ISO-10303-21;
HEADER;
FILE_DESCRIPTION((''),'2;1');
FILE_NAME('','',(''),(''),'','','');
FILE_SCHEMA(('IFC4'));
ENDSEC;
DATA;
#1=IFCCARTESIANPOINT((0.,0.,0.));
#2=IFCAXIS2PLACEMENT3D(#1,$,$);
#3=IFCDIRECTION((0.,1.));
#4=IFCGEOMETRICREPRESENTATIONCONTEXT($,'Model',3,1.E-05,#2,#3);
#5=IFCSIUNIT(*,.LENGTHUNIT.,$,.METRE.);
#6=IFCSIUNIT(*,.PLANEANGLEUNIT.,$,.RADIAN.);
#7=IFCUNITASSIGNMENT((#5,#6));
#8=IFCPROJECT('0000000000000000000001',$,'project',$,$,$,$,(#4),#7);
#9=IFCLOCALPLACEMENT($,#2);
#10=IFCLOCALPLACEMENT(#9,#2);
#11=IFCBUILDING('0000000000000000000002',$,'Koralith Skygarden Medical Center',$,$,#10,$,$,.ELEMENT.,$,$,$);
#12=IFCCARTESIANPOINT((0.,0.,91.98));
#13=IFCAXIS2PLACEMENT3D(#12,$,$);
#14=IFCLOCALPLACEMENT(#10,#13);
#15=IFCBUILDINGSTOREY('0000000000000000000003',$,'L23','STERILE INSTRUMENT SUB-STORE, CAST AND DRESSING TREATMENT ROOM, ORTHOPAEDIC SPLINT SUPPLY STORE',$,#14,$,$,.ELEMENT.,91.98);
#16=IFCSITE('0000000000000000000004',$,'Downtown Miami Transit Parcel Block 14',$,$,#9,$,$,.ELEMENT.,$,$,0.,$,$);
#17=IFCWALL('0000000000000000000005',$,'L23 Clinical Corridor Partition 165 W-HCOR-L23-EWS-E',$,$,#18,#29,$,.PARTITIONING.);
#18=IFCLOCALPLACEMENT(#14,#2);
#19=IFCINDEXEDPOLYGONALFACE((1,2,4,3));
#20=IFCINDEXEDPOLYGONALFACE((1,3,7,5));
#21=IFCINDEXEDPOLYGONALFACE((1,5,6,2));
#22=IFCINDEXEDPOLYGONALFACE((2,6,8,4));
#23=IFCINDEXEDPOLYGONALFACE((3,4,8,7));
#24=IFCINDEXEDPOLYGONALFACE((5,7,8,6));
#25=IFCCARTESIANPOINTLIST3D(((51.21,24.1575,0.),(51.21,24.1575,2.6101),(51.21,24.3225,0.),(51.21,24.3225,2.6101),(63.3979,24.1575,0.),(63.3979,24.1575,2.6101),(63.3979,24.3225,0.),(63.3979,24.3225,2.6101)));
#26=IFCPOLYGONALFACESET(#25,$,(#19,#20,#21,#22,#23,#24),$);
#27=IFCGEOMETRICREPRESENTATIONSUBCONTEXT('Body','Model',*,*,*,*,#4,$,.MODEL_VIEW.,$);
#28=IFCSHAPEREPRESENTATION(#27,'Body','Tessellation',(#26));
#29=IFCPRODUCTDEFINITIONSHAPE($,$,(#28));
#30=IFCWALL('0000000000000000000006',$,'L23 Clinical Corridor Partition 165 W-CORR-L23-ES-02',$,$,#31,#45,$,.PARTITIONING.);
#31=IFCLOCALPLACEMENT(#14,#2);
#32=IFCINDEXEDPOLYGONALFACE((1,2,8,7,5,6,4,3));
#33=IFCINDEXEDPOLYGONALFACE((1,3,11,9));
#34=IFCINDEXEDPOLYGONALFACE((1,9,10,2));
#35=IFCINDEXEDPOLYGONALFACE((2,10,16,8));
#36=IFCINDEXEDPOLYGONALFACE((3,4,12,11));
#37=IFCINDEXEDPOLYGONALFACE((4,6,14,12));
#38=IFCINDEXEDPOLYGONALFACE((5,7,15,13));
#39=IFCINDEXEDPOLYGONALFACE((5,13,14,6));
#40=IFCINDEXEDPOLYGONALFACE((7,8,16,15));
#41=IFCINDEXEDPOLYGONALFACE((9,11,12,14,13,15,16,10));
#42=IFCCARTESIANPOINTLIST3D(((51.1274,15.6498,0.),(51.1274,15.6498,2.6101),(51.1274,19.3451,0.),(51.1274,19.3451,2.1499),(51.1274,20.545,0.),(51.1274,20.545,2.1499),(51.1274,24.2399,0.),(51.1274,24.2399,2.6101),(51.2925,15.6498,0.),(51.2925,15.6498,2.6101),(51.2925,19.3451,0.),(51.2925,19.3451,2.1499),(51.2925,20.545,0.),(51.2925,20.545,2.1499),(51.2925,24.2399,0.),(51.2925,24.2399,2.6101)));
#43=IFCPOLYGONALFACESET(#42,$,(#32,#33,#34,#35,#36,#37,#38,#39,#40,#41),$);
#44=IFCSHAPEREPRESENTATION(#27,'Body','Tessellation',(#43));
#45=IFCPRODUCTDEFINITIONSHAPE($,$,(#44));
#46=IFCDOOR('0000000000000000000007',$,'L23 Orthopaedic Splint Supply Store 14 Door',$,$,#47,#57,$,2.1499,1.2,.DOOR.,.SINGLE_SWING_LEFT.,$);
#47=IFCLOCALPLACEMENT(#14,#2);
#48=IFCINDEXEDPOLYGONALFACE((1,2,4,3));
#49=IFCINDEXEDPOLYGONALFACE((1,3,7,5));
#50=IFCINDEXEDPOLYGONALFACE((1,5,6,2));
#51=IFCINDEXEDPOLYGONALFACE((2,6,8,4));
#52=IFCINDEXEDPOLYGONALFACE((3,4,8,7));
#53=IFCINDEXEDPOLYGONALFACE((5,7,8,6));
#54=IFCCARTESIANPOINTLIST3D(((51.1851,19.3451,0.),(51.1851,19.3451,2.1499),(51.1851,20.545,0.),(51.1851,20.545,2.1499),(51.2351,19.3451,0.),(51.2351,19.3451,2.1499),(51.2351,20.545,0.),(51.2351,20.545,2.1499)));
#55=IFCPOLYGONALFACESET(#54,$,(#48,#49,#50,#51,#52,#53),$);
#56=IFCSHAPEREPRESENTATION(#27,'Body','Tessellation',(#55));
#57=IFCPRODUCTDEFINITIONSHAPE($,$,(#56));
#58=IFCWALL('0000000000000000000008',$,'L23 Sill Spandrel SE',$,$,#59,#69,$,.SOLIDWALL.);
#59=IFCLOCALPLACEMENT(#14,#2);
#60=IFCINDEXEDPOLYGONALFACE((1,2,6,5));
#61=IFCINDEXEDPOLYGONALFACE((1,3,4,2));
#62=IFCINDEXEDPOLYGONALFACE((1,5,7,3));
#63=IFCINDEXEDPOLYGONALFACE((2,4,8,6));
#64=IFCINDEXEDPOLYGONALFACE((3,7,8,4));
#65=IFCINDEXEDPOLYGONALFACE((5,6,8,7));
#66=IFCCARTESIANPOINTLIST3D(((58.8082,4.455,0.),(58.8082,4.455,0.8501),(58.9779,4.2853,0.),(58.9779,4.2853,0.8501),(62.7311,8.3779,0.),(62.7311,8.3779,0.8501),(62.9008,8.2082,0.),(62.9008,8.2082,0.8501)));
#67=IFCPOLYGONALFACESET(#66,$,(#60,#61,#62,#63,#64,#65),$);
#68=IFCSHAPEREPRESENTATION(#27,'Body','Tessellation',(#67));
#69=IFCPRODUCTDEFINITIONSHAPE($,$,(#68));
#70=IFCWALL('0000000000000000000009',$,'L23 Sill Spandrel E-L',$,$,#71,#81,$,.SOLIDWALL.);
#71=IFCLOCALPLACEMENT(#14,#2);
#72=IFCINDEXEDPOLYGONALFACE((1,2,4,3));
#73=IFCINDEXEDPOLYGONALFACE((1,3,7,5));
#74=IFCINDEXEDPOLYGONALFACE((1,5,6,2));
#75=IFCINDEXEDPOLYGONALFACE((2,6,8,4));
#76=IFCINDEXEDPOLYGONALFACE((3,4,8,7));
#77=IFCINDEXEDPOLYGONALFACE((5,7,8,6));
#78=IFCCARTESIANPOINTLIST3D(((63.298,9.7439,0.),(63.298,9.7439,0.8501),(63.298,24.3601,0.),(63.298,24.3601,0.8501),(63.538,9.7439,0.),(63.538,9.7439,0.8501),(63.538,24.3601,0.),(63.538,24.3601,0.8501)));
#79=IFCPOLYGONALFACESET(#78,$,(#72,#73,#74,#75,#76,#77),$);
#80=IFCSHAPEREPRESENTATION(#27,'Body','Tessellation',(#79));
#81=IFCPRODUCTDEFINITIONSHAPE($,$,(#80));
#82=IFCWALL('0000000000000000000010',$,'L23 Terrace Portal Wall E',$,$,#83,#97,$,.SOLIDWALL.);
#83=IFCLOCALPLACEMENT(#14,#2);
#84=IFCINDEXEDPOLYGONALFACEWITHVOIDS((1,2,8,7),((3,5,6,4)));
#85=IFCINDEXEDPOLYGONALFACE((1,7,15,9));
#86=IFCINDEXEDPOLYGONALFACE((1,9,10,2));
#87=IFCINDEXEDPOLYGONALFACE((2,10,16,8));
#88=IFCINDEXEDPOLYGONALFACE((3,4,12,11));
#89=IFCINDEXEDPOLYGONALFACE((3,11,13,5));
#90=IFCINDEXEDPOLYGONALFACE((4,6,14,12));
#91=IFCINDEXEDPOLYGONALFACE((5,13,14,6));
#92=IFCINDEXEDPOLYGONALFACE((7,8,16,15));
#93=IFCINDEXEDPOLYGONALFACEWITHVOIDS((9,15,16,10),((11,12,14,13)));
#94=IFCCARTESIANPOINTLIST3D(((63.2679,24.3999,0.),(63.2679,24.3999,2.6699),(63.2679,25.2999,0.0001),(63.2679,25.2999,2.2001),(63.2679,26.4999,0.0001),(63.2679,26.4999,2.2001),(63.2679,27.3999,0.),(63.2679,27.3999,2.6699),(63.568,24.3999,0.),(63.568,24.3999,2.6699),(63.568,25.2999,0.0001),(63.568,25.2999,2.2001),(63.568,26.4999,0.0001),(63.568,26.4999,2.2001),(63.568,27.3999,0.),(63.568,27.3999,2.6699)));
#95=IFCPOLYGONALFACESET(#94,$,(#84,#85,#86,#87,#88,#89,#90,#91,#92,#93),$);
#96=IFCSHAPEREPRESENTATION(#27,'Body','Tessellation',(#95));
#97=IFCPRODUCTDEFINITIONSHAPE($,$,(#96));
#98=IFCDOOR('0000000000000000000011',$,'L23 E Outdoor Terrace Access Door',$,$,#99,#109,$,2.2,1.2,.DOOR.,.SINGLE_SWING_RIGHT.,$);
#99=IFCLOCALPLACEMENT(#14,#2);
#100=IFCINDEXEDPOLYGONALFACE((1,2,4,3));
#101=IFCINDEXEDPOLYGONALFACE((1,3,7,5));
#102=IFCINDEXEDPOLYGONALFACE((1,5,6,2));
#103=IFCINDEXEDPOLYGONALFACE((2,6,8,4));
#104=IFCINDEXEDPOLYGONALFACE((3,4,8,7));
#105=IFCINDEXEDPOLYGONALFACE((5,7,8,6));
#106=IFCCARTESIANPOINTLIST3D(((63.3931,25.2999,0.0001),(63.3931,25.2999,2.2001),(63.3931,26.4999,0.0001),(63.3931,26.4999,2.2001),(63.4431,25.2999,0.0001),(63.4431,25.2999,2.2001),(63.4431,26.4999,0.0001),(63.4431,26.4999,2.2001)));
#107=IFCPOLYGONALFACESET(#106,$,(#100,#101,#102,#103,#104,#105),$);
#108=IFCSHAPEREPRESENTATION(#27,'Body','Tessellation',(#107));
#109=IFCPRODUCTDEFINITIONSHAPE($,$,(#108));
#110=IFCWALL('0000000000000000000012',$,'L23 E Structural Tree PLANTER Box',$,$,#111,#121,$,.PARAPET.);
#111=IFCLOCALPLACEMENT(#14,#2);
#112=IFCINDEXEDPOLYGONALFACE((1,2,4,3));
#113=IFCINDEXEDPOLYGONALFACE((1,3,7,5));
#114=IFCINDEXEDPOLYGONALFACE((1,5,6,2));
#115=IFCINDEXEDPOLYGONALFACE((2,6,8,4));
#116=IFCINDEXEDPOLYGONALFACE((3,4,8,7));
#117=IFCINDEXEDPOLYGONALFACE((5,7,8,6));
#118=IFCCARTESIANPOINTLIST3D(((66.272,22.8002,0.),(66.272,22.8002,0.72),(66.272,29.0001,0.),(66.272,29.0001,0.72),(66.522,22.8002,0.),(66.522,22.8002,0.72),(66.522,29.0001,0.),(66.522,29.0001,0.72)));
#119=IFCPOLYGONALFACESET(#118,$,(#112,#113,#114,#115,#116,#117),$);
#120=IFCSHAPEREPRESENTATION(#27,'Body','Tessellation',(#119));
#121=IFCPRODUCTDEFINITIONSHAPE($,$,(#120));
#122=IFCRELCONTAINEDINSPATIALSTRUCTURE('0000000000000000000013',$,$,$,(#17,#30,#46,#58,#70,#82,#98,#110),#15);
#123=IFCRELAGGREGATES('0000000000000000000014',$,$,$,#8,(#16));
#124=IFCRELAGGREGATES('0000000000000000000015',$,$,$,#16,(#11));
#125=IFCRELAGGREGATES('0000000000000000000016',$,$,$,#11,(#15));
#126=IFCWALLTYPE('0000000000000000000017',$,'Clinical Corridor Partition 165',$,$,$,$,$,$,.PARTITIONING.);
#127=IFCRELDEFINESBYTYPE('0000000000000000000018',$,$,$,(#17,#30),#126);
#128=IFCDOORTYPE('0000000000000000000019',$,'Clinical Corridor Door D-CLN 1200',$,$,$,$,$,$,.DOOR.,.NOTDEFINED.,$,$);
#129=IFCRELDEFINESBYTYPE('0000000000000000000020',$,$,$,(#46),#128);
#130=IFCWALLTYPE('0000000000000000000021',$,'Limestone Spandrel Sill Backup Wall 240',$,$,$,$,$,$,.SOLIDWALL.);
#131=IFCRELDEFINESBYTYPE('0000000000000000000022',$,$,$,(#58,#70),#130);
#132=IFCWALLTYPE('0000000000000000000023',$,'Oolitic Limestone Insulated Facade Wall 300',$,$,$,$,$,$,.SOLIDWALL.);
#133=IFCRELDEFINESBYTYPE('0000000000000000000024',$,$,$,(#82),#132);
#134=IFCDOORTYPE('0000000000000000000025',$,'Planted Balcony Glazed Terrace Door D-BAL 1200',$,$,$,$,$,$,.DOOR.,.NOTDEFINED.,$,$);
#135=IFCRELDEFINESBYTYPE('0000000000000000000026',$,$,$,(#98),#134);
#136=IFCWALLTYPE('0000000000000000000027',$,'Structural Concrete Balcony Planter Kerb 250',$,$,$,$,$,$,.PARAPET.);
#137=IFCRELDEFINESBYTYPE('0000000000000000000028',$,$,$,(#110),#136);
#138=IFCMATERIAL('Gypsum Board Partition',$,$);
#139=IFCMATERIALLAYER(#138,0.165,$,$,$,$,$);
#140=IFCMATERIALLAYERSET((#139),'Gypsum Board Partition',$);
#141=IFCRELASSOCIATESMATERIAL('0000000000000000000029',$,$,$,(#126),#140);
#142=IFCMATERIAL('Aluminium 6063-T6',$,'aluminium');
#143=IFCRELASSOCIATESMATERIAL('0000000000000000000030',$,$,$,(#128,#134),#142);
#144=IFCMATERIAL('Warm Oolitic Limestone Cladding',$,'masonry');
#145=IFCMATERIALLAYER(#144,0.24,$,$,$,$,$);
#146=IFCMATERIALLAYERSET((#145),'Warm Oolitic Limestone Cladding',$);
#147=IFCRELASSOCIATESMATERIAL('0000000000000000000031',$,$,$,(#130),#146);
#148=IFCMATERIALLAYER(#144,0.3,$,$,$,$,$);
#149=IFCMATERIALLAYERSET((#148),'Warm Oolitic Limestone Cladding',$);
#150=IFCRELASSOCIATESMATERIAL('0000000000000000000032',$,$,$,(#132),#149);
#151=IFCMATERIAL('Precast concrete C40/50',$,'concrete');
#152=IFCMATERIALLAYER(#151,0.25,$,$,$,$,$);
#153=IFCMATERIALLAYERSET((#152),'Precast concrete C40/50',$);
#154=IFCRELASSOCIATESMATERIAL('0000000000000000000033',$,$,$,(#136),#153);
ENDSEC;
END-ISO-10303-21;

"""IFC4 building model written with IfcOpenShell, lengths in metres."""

from ifc_helpers import new_model, si_unit, direction, frame, frame_2d, origin, place, context, subcontext, project, spatial, rectangle, extrude, material, layer, layer_set, type_object, element, fill, save


model = new_model("IFC4")

# Units and contexts
model_context = context("Model", 3, precision=1e-05, world=origin(), true_north=direction((0.0, 1.0)))
body_context = subcontext(model_context, "Body", "Model", "MODEL_VIEW")
ifc_project = project(units=[si_unit("LENGTHUNIT", "METRE"), si_unit("PLANEANGLEUNIT", "RADIAN")], contexts=[model_context])

# Site, building, storey
site_placement = place(None, origin())
site = spatial("IfcSite", under=ifc_project, at=site_placement, Name="Downtown Miami Transit Parcel Block 14", CompositionType="ELEMENT", RefElevation=0.0)
building_placement = place(site_placement, origin())
building = spatial("IfcBuilding", under=site, at=building_placement, Name="Koralith Skygarden Medical Center", CompositionType="ELEMENT")
storey_placement = place(building_placement, frame((0.0, 0.0, 91.98)))
storey = spatial("IfcBuildingStorey", under=building, at=storey_placement, Name="L23", Description="STERILE INSTRUMENT SUB-STORE, CAST AND DRESSING TREATMENT ROOM, ORTHOPAEDIC SPLINT SUPPLY STORE", CompositionType="ELEMENT", Elevation=91.98)

# Shared definitions
ifc_material_1 = material(Name="Aluminium 6063-T6", Category="aluminium")

# Shared definitions
ifc_material_2 = material(Name="Warm Oolitic Limestone Cladding", Category="masonry")

# Wall
ifc_material_3 = material(Name="Gypsum Board Partition")
ifc_layer_1 = layer(ifc_material_3, 0.165)
ifc_layer_set_1 = layer_set([ifc_layer_1], Name="Gypsum Board Partition")
wall_type_1 = type_object("IfcWallType", Name="Clinical Corridor Partition 165", PredefinedType="PARTITIONING", material=ifc_layer_set_1)
wall_1_placement = place(storey_placement, frame((51.21, 24.24, 0.0), z_axis=(0.0, 0.0, 1.0), x_axis=(1.0, 0.0, 0.0)))
element("IfcWall", 1, at=wall_1_placement, inside=storey, type_object=wall_type_1, Name="L23 Clinical Corridor Partition 165 W-HCOR-L23-EWS-E", PredefinedType="PARTITIONING", context=body_context, shape_type="SweptSolid", body=[
    extrude(rectangle(XDim=12.188, YDim=0.165, at=frame_2d((6.094, 0.0))), origin(), (0.0, 0.0, 1.0), 2.6101),
])

# Wall, opening, door
wall_2_placement = place(storey_placement, frame((51.21, 15.6499, 0.0), z_axis=(0.0, 0.0, 1.0), x_axis=(0.0, 1.0, 0.0)))
wall_2 = element("IfcWall", 2, at=wall_2_placement, inside=storey, type_object=wall_type_1, Name="L23 Clinical Corridor Partition 165 W-CORR-L23-ES-02", PredefinedType="PARTITIONING", context=body_context, shape_type="SweptSolid", body=[
    extrude(rectangle(XDim=8.5901, YDim=0.165, at=frame_2d((4.2949, 0.0))), origin(), (0.0, 0.0, 1.0), 2.6101),
])
opening_1_placement = place(wall_2_placement, frame((3.6951, 0.0, 0.0)))
opening_1 = element("IfcOpeningElement", 3, at=opening_1_placement, cuts=wall_2, PredefinedType="OPENING", context=body_context, shape_type="SweptSolid", body=[
    extrude(rectangle(XDim=1.2, YDim=2.1499, at=frame_2d((0.6001, 1.075))), frame((0.0, 0.0925, 0.0), z_axis=(0.0, -1.0, 0.0), x_axis=(1.0, 0.0, 0.0)), (0.0, 0.0, 1.0), 0.1851),
])
door_type_1 = type_object("IfcDoorType", Name="Clinical Corridor Door D-CLN 1200", OperationType="NOTDEFINED", PredefinedType="DOOR", material=ifc_material_1)
door_1_placement = place(opening_1_placement, origin())
door_1 = element("IfcDoor", 4, at=door_1_placement, inside=storey, type_object=door_type_1, Name="L23 Orthopaedic Splint Supply Store 14 Door", OperationType="SINGLE_SWING_LEFT", OverallHeight=2.1499, OverallWidth=1.2, PredefinedType="DOOR", context=body_context, shape_type="SweptSolid", body=[
    extrude(rectangle(XDim=1.2, YDim=2.1499, at=frame_2d((0.6001, 1.075))), frame((0.0, 0.0249, 0.0), z_axis=(0.0, -1.0, 0.0), x_axis=(1.0, 0.0, 0.0)), (0.0, 0.0, 1.0), 0.05),
])
fill(opening_1, door_1)

# Walls
ifc_layer_2 = layer(ifc_material_2, 0.24)
ifc_layer_set_2 = layer_set([ifc_layer_2], Name="Warm Oolitic Limestone Cladding")
wall_type_2 = type_object("IfcWallType", Name="Limestone Spandrel Sill Backup Wall 240", PredefinedType="SOLIDWALL", material=ifc_layer_set_2)
wall_3_placement = place(storey_placement, frame((58.8931, 4.3701, 0.0), z_axis=(0.0, 0.0, 1.0), x_axis=(0.707107, 0.707107, 0.0)))
element("IfcWall", 5, at=wall_3_placement, inside=storey, type_object=wall_type_2, Name="L23 Sill Spandrel SE", PredefinedType="SOLIDWALL", context=body_context, shape_type="SweptSolid", body=[
    extrude(rectangle(XDim=5.5479, YDim=0.24, at=frame_2d((2.7739, 0.0))), origin(), (0.0, 0.0, 1.0), 0.8501),
])
wall_4_placement = place(storey_placement, frame((63.418, 9.7439, 0.0), z_axis=(0.0, 0.0, 1.0), x_axis=(0.0, 1.0, 0.0)))
element("IfcWall", 6, at=wall_4_placement, inside=storey, type_object=wall_type_2, Name="L23 Sill Spandrel E-L", PredefinedType="SOLIDWALL", context=body_context, shape_type="SweptSolid", body=[
    extrude(rectangle(XDim=14.6162, YDim=0.24, at=frame_2d((7.3081, 0.0))), origin(), (0.0, 0.0, 1.0), 0.8501),
])

# Wall, opening, door
ifc_layer_3 = layer(ifc_material_2, 0.3)
ifc_layer_set_3 = layer_set([ifc_layer_3], Name="Warm Oolitic Limestone Cladding")
wall_type_3 = type_object("IfcWallType", Name="Oolitic Limestone Insulated Facade Wall 300", PredefinedType="SOLIDWALL", material=ifc_layer_set_3)
wall_5_placement = place(storey_placement, frame((63.418, 24.3999, 0.0), z_axis=(0.0, 0.0, 1.0), x_axis=(0.0, 1.0, 0.0)))
wall_5 = element("IfcWall", 7, at=wall_5_placement, inside=storey, type_object=wall_type_3, Name="L23 Terrace Portal Wall E", PredefinedType="SOLIDWALL", context=body_context, shape_type="SweptSolid", body=[
    extrude(rectangle(XDim=3.0, YDim=0.3, at=frame_2d((1.5, 0.0))), origin(), (0.0, 0.0, 1.0), 2.6699),
])
opening_2_placement = place(wall_5_placement, frame((0.8999, 0.0, 0.0)))
opening_2 = element("IfcOpeningElement", 8, at=opening_2_placement, cuts=wall_5, PredefinedType="OPENING", context=body_context, shape_type="SweptSolid", body=[
    extrude(rectangle(XDim=1.2, YDim=2.2, at=frame_2d((0.6001, 1.1001))), frame((0.0, 0.1599, 0.0), z_axis=(0.0, -1.0, 0.0), x_axis=(1.0, 0.0, 0.0)), (0.0, 0.0, 1.0), 0.3201),
])
door_type_2 = type_object("IfcDoorType", Name="Planted Balcony Glazed Terrace Door D-BAL 1200", OperationType="NOTDEFINED", PredefinedType="DOOR", material=ifc_material_1)
door_2_placement = place(opening_2_placement, origin())
door_2 = element("IfcDoor", 9, at=door_2_placement, inside=storey, type_object=door_type_2, Name="L23 E Outdoor Terrace Access Door", OperationType="SINGLE_SWING_RIGHT", OverallHeight=2.2, OverallWidth=1.2, PredefinedType="DOOR", context=body_context, shape_type="SweptSolid", body=[
    extrude(rectangle(XDim=1.2, YDim=2.2, at=frame_2d((0.6001, 1.1001))), frame((0.0, 0.0249, 0.0), z_axis=(0.0, -1.0, 0.0), x_axis=(1.0, 0.0, 0.0)), (0.0, 0.0, 1.0), 0.05),
])
fill(opening_2, door_2)

# Wall
ifc_material_4 = material(Name="Precast concrete C40/50", Category="concrete")
ifc_layer_4 = layer(ifc_material_4, 0.25)
ifc_layer_set_4 = layer_set([ifc_layer_4], Name="Precast concrete C40/50")
wall_type_4 = type_object("IfcWallType", Name="Structural Concrete Balcony Planter Kerb 250", PredefinedType="PARAPET", material=ifc_layer_set_4)
wall_6_placement = place(storey_placement, frame((66.397, 22.8, 0.0), z_axis=(0.0, 0.0, 1.0), x_axis=(0.0, 1.0, 0.0)))
element("IfcWall", 10, at=wall_6_placement, inside=storey, type_object=wall_type_4, Name="L23 E Structural Tree PLANTER Box", PredefinedType="PARAPET", context=body_context, shape_type="SweptSolid", body=[
    extrude(rectangle(XDim=6.2, YDim=0.25, at=frame_2d((3.1001, 0.0))), origin(), (0.0, 0.0, 1.0), 0.72),
])

save(model, "model.ifc")
